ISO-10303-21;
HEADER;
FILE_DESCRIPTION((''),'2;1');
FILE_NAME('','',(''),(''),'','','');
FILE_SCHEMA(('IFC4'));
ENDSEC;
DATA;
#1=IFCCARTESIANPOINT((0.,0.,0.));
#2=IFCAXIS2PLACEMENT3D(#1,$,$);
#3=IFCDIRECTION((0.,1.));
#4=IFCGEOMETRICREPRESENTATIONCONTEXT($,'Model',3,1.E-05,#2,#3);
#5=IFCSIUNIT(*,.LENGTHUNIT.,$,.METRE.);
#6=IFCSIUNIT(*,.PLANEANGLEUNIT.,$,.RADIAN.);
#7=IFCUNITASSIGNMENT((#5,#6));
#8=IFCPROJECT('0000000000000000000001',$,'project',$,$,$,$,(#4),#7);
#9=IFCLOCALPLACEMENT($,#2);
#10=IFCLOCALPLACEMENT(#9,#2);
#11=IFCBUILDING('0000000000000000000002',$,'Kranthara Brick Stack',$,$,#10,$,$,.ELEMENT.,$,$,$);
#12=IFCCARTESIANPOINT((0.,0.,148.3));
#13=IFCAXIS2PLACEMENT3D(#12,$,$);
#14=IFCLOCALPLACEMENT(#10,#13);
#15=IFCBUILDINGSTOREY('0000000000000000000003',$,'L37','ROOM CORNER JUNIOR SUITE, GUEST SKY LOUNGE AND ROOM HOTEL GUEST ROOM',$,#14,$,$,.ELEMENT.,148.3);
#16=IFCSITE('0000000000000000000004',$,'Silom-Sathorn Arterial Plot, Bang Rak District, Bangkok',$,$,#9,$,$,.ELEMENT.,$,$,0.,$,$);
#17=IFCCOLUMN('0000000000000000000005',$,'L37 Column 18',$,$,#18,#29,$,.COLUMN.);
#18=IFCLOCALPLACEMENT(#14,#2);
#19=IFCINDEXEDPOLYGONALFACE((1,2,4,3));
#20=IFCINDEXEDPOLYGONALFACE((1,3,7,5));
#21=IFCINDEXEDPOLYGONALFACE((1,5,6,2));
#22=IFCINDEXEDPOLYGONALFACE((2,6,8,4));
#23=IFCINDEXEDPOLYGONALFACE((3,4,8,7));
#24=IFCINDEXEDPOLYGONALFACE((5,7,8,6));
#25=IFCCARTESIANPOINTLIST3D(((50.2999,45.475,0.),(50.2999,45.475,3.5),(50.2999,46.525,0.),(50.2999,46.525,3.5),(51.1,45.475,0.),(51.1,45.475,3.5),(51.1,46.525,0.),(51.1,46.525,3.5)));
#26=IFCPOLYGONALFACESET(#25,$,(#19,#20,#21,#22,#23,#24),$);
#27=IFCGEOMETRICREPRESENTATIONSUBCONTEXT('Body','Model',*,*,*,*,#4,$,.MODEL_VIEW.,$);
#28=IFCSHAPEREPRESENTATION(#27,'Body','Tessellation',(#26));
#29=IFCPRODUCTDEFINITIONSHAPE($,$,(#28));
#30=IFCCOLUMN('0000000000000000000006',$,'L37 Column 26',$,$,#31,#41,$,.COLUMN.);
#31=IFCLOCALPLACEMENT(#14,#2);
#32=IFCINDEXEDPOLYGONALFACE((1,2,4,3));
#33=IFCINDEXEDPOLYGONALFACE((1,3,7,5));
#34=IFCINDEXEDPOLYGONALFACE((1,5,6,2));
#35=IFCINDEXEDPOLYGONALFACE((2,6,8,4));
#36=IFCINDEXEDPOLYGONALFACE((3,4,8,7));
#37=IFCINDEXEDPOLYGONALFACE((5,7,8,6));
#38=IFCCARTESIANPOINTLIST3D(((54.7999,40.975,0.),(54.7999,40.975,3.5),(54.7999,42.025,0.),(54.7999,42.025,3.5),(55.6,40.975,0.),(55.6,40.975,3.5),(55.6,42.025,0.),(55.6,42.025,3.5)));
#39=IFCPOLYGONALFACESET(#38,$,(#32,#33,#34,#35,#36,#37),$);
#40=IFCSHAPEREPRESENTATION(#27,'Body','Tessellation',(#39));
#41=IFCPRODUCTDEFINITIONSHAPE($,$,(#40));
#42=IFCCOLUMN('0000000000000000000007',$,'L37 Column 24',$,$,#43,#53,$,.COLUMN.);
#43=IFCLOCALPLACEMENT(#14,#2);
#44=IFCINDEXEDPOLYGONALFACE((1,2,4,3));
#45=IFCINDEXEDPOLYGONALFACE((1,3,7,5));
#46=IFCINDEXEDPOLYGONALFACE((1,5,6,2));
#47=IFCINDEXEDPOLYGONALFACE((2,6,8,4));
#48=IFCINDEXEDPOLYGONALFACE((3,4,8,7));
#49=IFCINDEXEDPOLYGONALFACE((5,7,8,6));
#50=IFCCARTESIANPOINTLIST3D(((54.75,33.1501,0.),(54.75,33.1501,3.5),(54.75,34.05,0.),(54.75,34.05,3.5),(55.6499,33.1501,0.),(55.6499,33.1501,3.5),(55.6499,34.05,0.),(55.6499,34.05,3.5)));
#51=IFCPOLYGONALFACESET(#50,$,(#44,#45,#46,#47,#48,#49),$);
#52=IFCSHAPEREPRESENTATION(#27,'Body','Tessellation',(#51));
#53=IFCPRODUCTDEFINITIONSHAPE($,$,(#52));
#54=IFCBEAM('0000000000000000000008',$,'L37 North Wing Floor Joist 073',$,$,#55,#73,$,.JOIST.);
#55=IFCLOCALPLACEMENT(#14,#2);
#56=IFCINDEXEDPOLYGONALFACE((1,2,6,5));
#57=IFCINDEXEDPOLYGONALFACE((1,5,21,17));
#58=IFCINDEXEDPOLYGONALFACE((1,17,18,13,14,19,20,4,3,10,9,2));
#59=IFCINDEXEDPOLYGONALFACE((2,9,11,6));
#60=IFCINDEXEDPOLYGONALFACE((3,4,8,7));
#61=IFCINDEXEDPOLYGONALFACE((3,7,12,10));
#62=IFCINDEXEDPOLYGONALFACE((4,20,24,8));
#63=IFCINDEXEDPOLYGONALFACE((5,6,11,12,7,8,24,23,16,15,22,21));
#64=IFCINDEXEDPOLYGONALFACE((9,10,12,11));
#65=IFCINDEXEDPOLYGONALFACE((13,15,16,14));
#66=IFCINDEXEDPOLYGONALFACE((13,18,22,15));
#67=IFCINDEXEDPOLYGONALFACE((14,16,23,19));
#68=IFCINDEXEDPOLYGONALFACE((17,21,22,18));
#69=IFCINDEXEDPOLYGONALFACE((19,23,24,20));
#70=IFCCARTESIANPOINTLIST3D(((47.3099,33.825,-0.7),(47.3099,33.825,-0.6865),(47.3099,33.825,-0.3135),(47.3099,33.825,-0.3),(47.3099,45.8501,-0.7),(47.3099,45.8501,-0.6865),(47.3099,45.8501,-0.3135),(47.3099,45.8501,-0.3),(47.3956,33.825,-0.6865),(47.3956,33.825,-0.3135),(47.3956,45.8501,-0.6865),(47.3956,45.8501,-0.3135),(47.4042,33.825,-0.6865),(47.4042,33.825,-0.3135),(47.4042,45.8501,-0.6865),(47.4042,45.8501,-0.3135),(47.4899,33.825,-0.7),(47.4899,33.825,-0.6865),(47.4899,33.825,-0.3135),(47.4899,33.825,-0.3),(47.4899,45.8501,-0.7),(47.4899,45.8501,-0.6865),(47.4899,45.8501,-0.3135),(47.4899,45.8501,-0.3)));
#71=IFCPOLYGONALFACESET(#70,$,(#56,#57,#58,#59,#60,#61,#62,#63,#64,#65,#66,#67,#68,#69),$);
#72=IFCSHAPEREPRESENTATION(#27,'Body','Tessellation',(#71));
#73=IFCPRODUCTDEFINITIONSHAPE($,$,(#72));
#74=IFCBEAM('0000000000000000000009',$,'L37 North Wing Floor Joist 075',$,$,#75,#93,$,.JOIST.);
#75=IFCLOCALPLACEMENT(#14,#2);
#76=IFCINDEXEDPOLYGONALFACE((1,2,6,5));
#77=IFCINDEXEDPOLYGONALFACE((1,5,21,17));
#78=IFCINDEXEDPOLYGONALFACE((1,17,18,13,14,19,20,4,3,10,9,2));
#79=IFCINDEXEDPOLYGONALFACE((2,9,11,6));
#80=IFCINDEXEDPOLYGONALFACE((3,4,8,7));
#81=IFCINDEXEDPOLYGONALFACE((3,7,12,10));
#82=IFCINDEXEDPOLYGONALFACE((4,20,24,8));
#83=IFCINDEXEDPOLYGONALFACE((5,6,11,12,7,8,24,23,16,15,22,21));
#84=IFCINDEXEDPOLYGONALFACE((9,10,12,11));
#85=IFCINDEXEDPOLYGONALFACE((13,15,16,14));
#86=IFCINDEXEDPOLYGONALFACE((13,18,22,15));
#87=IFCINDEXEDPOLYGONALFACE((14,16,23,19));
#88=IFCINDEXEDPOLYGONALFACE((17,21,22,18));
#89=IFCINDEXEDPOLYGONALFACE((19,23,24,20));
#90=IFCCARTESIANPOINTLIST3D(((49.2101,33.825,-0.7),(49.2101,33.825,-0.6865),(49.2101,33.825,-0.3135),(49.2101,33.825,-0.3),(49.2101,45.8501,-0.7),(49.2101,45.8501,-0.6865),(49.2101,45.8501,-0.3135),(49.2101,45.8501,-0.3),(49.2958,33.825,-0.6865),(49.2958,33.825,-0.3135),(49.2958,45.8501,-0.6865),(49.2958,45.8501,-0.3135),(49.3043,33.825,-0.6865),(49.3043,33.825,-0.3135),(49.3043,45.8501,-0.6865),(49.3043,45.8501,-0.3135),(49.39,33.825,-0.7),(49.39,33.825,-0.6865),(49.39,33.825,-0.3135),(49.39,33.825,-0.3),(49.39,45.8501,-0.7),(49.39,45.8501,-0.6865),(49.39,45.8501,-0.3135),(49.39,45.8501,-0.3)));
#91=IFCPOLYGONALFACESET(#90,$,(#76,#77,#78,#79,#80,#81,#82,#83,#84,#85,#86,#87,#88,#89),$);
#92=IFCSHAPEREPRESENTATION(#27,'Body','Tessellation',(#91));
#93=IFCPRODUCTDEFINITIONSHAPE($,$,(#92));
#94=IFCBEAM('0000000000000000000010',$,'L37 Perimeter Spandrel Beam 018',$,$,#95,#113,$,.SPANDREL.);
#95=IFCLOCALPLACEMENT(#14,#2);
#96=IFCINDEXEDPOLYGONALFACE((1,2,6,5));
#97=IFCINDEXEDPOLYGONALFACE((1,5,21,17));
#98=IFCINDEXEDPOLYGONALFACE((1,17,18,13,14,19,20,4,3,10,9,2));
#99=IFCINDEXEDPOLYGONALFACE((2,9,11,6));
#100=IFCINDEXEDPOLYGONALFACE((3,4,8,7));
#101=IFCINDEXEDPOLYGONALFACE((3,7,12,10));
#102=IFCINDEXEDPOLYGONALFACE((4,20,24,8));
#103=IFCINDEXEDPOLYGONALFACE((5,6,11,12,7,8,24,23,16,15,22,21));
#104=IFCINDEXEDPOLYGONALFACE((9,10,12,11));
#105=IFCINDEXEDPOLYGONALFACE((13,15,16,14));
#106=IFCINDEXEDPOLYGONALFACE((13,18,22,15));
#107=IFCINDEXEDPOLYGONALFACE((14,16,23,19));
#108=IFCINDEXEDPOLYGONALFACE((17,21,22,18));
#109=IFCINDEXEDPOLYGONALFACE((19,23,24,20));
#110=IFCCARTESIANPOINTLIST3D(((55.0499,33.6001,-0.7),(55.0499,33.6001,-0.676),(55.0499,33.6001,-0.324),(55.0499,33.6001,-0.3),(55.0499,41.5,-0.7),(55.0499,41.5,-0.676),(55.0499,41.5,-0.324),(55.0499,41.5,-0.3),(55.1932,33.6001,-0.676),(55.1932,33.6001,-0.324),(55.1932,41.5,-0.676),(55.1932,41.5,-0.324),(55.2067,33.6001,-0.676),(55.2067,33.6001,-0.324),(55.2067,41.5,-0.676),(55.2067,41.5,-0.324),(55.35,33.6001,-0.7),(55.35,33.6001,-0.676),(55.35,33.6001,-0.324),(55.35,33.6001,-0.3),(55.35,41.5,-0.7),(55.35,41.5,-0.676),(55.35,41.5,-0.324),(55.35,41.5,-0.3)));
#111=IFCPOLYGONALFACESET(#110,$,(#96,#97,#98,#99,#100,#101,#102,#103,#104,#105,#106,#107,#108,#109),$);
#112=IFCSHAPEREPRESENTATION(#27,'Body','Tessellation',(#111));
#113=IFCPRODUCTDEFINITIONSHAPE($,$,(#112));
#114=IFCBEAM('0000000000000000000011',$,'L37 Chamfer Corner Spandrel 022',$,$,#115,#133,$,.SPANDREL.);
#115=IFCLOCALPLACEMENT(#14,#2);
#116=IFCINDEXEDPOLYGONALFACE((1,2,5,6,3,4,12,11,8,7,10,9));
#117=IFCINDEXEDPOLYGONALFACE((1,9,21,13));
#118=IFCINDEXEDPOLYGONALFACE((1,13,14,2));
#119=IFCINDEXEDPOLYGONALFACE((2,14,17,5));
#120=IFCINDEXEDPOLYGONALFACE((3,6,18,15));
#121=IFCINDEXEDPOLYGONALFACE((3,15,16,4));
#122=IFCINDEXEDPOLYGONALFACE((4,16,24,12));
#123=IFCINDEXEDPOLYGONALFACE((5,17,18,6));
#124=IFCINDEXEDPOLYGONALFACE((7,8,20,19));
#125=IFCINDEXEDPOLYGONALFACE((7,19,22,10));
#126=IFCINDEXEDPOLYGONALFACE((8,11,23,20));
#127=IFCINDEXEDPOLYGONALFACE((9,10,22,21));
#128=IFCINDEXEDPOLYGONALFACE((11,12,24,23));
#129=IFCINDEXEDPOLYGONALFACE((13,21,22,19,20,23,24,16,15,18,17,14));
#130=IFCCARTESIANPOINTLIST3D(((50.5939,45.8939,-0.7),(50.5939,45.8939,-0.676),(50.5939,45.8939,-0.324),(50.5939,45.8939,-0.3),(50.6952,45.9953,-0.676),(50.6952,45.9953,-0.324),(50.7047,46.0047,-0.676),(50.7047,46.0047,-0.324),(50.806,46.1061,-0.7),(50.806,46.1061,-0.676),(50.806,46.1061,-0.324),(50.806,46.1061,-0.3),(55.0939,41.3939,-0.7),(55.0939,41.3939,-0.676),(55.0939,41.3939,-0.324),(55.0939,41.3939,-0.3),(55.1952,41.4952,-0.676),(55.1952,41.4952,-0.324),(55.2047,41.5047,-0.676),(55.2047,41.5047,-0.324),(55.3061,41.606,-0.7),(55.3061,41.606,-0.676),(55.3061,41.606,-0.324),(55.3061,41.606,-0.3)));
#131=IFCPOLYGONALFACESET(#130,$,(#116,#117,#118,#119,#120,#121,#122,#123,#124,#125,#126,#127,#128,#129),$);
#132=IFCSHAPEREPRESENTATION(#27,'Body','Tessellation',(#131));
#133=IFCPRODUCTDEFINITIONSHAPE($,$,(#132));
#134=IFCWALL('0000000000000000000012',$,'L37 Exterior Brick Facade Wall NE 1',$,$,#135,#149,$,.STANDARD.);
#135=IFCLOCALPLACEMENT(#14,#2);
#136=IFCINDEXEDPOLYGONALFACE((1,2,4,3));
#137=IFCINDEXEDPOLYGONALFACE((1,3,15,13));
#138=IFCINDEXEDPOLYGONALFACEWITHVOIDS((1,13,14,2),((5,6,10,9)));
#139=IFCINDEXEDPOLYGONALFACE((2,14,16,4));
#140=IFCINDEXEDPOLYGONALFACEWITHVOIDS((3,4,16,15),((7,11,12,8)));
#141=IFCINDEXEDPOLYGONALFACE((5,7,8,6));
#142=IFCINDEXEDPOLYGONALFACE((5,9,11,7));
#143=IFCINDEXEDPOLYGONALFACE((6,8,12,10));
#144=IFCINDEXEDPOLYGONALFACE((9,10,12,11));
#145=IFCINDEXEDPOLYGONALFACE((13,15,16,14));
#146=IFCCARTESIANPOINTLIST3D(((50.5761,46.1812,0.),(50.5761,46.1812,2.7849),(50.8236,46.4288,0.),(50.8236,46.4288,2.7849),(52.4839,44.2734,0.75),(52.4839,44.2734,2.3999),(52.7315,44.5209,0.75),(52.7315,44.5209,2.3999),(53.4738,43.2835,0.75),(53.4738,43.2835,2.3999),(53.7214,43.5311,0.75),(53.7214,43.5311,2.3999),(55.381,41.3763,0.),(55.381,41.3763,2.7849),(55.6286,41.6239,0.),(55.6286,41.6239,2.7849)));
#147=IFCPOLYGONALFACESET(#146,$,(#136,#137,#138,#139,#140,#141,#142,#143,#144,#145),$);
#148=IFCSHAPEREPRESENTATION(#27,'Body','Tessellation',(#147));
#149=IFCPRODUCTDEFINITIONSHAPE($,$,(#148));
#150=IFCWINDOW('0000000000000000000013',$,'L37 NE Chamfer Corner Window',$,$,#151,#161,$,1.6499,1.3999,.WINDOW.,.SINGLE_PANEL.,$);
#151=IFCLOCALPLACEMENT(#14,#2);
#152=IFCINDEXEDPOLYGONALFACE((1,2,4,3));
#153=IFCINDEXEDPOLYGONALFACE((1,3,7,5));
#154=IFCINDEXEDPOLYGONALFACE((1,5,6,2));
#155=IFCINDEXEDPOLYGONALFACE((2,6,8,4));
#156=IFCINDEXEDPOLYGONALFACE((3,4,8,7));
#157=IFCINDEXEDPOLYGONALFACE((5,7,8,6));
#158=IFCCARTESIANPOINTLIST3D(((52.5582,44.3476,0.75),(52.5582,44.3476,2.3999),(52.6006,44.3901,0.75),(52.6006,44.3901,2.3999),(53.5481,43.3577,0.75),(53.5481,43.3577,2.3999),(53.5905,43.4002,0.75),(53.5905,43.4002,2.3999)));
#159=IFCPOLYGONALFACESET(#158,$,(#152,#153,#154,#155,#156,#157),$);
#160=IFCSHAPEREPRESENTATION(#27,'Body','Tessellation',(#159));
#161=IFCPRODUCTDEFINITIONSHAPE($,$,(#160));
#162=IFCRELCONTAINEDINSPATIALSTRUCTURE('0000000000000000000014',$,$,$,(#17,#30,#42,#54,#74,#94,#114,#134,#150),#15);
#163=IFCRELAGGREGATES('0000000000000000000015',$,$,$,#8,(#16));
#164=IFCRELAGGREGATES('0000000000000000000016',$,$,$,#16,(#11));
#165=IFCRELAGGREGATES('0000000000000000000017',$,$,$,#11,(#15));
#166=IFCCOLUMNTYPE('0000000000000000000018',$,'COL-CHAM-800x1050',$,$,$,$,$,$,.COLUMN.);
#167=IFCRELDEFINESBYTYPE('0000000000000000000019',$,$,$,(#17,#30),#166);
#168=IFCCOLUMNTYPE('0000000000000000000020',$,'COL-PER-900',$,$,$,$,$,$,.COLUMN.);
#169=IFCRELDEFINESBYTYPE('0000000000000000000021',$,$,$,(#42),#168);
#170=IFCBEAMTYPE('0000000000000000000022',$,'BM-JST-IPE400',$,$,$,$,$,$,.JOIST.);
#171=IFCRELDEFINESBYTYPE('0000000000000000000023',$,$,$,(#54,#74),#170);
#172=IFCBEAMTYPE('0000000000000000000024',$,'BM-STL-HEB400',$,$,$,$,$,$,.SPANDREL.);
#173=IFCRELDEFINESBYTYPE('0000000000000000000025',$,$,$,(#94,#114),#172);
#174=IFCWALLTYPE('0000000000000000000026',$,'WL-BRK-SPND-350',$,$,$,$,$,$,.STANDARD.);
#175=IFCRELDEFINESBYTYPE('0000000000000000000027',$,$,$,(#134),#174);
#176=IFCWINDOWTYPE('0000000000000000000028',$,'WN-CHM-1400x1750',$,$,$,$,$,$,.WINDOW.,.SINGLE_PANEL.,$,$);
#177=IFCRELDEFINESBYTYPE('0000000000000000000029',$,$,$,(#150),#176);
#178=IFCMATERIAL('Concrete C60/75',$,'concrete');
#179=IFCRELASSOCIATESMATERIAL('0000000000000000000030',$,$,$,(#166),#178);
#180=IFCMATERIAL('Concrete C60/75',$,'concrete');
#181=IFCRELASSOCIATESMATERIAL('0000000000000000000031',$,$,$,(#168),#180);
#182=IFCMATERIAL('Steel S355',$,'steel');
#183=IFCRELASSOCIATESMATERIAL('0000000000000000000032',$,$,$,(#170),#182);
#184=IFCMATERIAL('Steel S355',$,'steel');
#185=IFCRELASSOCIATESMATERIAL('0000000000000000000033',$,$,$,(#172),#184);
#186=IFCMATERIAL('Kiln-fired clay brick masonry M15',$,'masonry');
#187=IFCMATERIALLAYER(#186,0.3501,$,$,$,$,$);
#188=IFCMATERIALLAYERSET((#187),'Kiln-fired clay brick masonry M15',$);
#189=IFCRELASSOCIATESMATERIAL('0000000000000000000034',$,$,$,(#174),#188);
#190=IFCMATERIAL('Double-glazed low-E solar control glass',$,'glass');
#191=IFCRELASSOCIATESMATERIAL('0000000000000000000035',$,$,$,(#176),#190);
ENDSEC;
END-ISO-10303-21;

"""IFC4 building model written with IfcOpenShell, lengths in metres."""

from ifc_helpers import new_model, si_unit, direction, frame, frame_2d, origin, origin_2d, place, context, subcontext, project, spatial, rectangle, i_section, extrude, material, layer, layer_set, material_profile, profile_set, type_object, element, fill, save


model = new_model("IFC4")

# Units and contexts
model_context = context("Model", 3, precision=1e-05, world=origin(), true_north=direction((0.0, 1.0)))
body_context = subcontext(model_context, "Body", "Model", "MODEL_VIEW")
ifc_project = project(units=[si_unit("LENGTHUNIT", "METRE"), si_unit("PLANEANGLEUNIT", "RADIAN")], contexts=[model_context])

# Site, building, storey
site_placement = place(None, origin())
site = spatial("IfcSite", under=ifc_project, at=site_placement, Name="Silom-Sathorn Arterial Plot, Bang Rak District, Bangkok", CompositionType="ELEMENT", RefElevation=0.0)
building_placement = place(site_placement, origin())
building = spatial("IfcBuilding", under=site, at=building_placement, Name="Kranthara Brick Stack", CompositionType="ELEMENT")
storey_placement = place(building_placement, frame((0.0, 0.0, 148.3)))
storey = spatial("IfcBuildingStorey", under=building, at=storey_placement, Name="L37", Description="ROOM CORNER JUNIOR SUITE, GUEST SKY LOUNGE AND ROOM HOTEL GUEST ROOM", CompositionType="ELEMENT", Elevation=148.3)

# Columns
ifc_material_1 = material(Name="Concrete C60/75", Category="concrete")
ifc_material_profile_1 = material_profile(ifc_material_1, rectangle(XDim=0.8, YDim=1.05, at=origin_2d()), Name="RC 800x1050")
ifc_profile_set_1 = profile_set([ifc_material_profile_1], Name="Concrete C60/75")
column_type_1 = type_object("IfcColumnType", Name="COL-CHAM-800x1050", PredefinedType="COLUMN", material=ifc_profile_set_1)
for number, where, z_axis, x_axis, name in (
    (1, (50.7, 46.0, 0.0), (0.0, 0.0, 1.0), (1.0, 0.0, 0.0), "L37 Column 18"),
    (2, (55.2, 41.5, 0.0), (0.0, 0.0, 1.0), (1.0, 0.0, 0.0), "L37 Column 26"),
):
    element("IfcColumn", number, at=place(storey_placement, frame(where, z_axis=z_axis, x_axis=x_axis)), inside=storey, type_object=column_type_1, Name=name, PredefinedType="COLUMN", context=body_context, shape_type="SweptSolid", body=[
        extrude(rectangle(XDim=0.8, YDim=1.05, at=origin_2d()), origin(), (0.0, 0.0, 1.0), 3.5),
    ])
ifc_material_2 = material(Name="Concrete C60/75", Category="concrete")
ifc_material_profile_2 = material_profile(ifc_material_2, rectangle(XDim=0.8999, YDim=0.8999, at=origin_2d()), Name="RC 900x900")
ifc_profile_set_2 = profile_set([ifc_material_profile_2], Name="Concrete C60/75")
column_type_2 = type_object("IfcColumnType", Name="COL-PER-900", PredefinedType="COLUMN", material=ifc_profile_set_2)
column_placement = place(storey_placement, frame((55.2, 33.6001, 0.0), z_axis=(0.0, 0.0, 1.0), x_axis=(1.0, 0.0, 0.0)))
element("IfcColumn", 3, at=column_placement, inside=storey, type_object=column_type_2, Name="L37 Column 24", PredefinedType="COLUMN", context=body_context, shape_type="SweptSolid", body=[
    extrude(rectangle(XDim=0.8999, YDim=0.8999, at=origin_2d()), origin(), (0.0, 0.0, 1.0), 3.5),
])

# Beams
ifc_material_3 = material(Name="Steel S355", Category="steel")
ifc_material_profile_3 = material_profile(ifc_material_3, i_section(OverallWidth=0.1799, OverallDepth=0.3999, WebThickness=0.0085, FlangeThickness=0.0134, at=origin_2d()), Name="IPE 400")
ifc_profile_set_3 = profile_set([ifc_material_profile_3], Name="Steel S355")
beam_type_1 = type_object("IfcBeamType", Name="BM-JST-IPE400", PredefinedType="JOIST", material=ifc_profile_set_3)
for number, where, z_axis, x_axis, name in (
    (4, (47.3999, 33.825, -0.5), (0.0, 1.0, 0.0), (-1.0, 0.0, 0.0), "L37 North Wing Floor Joist 073"),
    (5, (49.3, 33.825, -0.5), (0.0, 1.0, 0.0), (-1.0, 0.0, 0.0), "L37 North Wing Floor Joist 075"),
):
    element("IfcBeam", number, at=place(storey_placement, frame(where, z_axis=z_axis, x_axis=x_axis)), inside=storey, type_object=beam_type_1, Name=name, PredefinedType="JOIST", context=body_context, shape_type="SweptSolid", body=[
        extrude(i_section(OverallWidth=0.1799, OverallDepth=0.3999, WebThickness=0.0085, FlangeThickness=0.0134, at=origin_2d()), origin(), (0.0, 0.0, 1.0), 12.0251),
    ])
ifc_material_4 = material(Name="Steel S355", Category="steel")
ifc_material_profile_4 = material_profile(ifc_material_4, i_section(OverallWidth=0.3, OverallDepth=0.3999, WebThickness=0.0134, FlangeThickness=0.0239, at=origin_2d()), Name="HEB 400")
ifc_profile_set_4 = profile_set([ifc_material_profile_4], Name="Steel S355")
beam_type_2 = type_object("IfcBeamType", Name="BM-STL-HEB400", PredefinedType="SPANDREL", material=ifc_profile_set_4)
beam_1_placement = place(storey_placement, frame((55.2, 33.6001, -0.5), z_axis=(0.0, 1.0, 0.0), x_axis=(-1.0, 0.0, 0.0)))
element("IfcBeam", 6, at=beam_1_placement, inside=storey, type_object=beam_type_2, Name="L37 Perimeter Spandrel Beam 018", PredefinedType="SPANDREL", context=body_context, shape_type="SweptSolid", body=[
    extrude(i_section(OverallWidth=0.3, OverallDepth=0.3999, WebThickness=0.0134, FlangeThickness=0.0239, at=origin_2d()), origin(), (0.0, 0.0, 1.0), 7.8999),
])
beam_2_placement = place(storey_placement, frame((50.7, 46.0, -0.5), z_axis=(0.707107, -0.707107, 0.0), x_axis=(0.707107, 0.707107, 0.0)))
element("IfcBeam", 7, at=beam_2_placement, inside=storey, type_object=beam_type_2, Name="L37 Chamfer Corner Spandrel 022", PredefinedType="SPANDREL", context=body_context, shape_type="SweptSolid", body=[
    extrude(i_section(OverallWidth=0.3, OverallDepth=0.3999, WebThickness=0.0134, FlangeThickness=0.0239, at=origin_2d()), origin(), (0.0, 0.0, 1.0), 6.364),
])

# Wall, opening, window
ifc_material_5 = material(Name="Kiln-fired clay brick masonry M15", Category="masonry")
ifc_layer_1 = layer(ifc_material_5, 0.3501)
ifc_layer_set_1 = layer_set([ifc_layer_1], Name="Kiln-fired clay brick masonry M15")
wall_type_1 = type_object("IfcWallType", Name="WL-BRK-SPND-350", PredefinedType="STANDARD", material=ifc_layer_set_1)
wall_1_placement = place(storey_placement, frame((50.7, 46.3049, 0.0), z_axis=(0.0, 0.0, 1.0), x_axis=(0.707107, -0.707107, 0.0)))
wall_1 = element("IfcWall", 8, at=wall_1_placement, inside=storey, type_object=wall_type_1, Name="L37 Exterior Brick Facade Wall NE 1", PredefinedType="STANDARD", context=body_context, shape_type="SweptSolid", body=[
    extrude(rectangle(XDim=6.7952, YDim=0.3501, at=frame_2d((3.3975, 0.0))), origin(), (0.0, 0.0, 1.0), 2.7849),
])
opening_1_placement = place(wall_1_placement, frame((2.698, 0.0, 0.75)))
opening_1 = element("IfcOpeningElement", 9, at=opening_1_placement, cuts=wall_1, PredefinedType="OPENING", context=body_context, shape_type="SweptSolid", body=[
    extrude(rectangle(XDim=1.3999, YDim=1.6499, at=frame_2d((0.7, 0.825))), frame((0.0, 0.1851, 0.0), z_axis=(0.0, -1.0, 0.0), x_axis=(1.0, 0.0, 0.0)), (0.0, 0.0, 1.0), 0.3701),
])
ifc_material_6 = material(Name="Double-glazed low-E solar control glass", Category="glass")
window_type_1 = type_object("IfcWindowType", Name="WN-CHM-1400x1750", PartitioningType="SINGLE_PANEL", PredefinedType="WINDOW", material=ifc_material_6)
window_1_placement = place(opening_1_placement, origin())
window_1 = element("IfcWindow", 10, at=window_1_placement, inside=storey, type_object=window_type_1, Name="L37 NE Chamfer Corner Window", OverallHeight=1.6499, OverallWidth=1.3999, PartitioningType="SINGLE_PANEL", PredefinedType="WINDOW", context=body_context, shape_type="SweptSolid", body=[
    extrude(rectangle(XDim=1.3999, YDim=1.6499, at=frame_2d((0.7, 0.825))), frame((0.0, -0.01, 0.0), z_axis=(0.0, -1.0, 0.0), x_axis=(1.0, 0.0, 0.0)), (0.0, 0.0, 1.0), 0.0601),
])
fill(opening_1, window_1)

save(model, "model.ifc")
